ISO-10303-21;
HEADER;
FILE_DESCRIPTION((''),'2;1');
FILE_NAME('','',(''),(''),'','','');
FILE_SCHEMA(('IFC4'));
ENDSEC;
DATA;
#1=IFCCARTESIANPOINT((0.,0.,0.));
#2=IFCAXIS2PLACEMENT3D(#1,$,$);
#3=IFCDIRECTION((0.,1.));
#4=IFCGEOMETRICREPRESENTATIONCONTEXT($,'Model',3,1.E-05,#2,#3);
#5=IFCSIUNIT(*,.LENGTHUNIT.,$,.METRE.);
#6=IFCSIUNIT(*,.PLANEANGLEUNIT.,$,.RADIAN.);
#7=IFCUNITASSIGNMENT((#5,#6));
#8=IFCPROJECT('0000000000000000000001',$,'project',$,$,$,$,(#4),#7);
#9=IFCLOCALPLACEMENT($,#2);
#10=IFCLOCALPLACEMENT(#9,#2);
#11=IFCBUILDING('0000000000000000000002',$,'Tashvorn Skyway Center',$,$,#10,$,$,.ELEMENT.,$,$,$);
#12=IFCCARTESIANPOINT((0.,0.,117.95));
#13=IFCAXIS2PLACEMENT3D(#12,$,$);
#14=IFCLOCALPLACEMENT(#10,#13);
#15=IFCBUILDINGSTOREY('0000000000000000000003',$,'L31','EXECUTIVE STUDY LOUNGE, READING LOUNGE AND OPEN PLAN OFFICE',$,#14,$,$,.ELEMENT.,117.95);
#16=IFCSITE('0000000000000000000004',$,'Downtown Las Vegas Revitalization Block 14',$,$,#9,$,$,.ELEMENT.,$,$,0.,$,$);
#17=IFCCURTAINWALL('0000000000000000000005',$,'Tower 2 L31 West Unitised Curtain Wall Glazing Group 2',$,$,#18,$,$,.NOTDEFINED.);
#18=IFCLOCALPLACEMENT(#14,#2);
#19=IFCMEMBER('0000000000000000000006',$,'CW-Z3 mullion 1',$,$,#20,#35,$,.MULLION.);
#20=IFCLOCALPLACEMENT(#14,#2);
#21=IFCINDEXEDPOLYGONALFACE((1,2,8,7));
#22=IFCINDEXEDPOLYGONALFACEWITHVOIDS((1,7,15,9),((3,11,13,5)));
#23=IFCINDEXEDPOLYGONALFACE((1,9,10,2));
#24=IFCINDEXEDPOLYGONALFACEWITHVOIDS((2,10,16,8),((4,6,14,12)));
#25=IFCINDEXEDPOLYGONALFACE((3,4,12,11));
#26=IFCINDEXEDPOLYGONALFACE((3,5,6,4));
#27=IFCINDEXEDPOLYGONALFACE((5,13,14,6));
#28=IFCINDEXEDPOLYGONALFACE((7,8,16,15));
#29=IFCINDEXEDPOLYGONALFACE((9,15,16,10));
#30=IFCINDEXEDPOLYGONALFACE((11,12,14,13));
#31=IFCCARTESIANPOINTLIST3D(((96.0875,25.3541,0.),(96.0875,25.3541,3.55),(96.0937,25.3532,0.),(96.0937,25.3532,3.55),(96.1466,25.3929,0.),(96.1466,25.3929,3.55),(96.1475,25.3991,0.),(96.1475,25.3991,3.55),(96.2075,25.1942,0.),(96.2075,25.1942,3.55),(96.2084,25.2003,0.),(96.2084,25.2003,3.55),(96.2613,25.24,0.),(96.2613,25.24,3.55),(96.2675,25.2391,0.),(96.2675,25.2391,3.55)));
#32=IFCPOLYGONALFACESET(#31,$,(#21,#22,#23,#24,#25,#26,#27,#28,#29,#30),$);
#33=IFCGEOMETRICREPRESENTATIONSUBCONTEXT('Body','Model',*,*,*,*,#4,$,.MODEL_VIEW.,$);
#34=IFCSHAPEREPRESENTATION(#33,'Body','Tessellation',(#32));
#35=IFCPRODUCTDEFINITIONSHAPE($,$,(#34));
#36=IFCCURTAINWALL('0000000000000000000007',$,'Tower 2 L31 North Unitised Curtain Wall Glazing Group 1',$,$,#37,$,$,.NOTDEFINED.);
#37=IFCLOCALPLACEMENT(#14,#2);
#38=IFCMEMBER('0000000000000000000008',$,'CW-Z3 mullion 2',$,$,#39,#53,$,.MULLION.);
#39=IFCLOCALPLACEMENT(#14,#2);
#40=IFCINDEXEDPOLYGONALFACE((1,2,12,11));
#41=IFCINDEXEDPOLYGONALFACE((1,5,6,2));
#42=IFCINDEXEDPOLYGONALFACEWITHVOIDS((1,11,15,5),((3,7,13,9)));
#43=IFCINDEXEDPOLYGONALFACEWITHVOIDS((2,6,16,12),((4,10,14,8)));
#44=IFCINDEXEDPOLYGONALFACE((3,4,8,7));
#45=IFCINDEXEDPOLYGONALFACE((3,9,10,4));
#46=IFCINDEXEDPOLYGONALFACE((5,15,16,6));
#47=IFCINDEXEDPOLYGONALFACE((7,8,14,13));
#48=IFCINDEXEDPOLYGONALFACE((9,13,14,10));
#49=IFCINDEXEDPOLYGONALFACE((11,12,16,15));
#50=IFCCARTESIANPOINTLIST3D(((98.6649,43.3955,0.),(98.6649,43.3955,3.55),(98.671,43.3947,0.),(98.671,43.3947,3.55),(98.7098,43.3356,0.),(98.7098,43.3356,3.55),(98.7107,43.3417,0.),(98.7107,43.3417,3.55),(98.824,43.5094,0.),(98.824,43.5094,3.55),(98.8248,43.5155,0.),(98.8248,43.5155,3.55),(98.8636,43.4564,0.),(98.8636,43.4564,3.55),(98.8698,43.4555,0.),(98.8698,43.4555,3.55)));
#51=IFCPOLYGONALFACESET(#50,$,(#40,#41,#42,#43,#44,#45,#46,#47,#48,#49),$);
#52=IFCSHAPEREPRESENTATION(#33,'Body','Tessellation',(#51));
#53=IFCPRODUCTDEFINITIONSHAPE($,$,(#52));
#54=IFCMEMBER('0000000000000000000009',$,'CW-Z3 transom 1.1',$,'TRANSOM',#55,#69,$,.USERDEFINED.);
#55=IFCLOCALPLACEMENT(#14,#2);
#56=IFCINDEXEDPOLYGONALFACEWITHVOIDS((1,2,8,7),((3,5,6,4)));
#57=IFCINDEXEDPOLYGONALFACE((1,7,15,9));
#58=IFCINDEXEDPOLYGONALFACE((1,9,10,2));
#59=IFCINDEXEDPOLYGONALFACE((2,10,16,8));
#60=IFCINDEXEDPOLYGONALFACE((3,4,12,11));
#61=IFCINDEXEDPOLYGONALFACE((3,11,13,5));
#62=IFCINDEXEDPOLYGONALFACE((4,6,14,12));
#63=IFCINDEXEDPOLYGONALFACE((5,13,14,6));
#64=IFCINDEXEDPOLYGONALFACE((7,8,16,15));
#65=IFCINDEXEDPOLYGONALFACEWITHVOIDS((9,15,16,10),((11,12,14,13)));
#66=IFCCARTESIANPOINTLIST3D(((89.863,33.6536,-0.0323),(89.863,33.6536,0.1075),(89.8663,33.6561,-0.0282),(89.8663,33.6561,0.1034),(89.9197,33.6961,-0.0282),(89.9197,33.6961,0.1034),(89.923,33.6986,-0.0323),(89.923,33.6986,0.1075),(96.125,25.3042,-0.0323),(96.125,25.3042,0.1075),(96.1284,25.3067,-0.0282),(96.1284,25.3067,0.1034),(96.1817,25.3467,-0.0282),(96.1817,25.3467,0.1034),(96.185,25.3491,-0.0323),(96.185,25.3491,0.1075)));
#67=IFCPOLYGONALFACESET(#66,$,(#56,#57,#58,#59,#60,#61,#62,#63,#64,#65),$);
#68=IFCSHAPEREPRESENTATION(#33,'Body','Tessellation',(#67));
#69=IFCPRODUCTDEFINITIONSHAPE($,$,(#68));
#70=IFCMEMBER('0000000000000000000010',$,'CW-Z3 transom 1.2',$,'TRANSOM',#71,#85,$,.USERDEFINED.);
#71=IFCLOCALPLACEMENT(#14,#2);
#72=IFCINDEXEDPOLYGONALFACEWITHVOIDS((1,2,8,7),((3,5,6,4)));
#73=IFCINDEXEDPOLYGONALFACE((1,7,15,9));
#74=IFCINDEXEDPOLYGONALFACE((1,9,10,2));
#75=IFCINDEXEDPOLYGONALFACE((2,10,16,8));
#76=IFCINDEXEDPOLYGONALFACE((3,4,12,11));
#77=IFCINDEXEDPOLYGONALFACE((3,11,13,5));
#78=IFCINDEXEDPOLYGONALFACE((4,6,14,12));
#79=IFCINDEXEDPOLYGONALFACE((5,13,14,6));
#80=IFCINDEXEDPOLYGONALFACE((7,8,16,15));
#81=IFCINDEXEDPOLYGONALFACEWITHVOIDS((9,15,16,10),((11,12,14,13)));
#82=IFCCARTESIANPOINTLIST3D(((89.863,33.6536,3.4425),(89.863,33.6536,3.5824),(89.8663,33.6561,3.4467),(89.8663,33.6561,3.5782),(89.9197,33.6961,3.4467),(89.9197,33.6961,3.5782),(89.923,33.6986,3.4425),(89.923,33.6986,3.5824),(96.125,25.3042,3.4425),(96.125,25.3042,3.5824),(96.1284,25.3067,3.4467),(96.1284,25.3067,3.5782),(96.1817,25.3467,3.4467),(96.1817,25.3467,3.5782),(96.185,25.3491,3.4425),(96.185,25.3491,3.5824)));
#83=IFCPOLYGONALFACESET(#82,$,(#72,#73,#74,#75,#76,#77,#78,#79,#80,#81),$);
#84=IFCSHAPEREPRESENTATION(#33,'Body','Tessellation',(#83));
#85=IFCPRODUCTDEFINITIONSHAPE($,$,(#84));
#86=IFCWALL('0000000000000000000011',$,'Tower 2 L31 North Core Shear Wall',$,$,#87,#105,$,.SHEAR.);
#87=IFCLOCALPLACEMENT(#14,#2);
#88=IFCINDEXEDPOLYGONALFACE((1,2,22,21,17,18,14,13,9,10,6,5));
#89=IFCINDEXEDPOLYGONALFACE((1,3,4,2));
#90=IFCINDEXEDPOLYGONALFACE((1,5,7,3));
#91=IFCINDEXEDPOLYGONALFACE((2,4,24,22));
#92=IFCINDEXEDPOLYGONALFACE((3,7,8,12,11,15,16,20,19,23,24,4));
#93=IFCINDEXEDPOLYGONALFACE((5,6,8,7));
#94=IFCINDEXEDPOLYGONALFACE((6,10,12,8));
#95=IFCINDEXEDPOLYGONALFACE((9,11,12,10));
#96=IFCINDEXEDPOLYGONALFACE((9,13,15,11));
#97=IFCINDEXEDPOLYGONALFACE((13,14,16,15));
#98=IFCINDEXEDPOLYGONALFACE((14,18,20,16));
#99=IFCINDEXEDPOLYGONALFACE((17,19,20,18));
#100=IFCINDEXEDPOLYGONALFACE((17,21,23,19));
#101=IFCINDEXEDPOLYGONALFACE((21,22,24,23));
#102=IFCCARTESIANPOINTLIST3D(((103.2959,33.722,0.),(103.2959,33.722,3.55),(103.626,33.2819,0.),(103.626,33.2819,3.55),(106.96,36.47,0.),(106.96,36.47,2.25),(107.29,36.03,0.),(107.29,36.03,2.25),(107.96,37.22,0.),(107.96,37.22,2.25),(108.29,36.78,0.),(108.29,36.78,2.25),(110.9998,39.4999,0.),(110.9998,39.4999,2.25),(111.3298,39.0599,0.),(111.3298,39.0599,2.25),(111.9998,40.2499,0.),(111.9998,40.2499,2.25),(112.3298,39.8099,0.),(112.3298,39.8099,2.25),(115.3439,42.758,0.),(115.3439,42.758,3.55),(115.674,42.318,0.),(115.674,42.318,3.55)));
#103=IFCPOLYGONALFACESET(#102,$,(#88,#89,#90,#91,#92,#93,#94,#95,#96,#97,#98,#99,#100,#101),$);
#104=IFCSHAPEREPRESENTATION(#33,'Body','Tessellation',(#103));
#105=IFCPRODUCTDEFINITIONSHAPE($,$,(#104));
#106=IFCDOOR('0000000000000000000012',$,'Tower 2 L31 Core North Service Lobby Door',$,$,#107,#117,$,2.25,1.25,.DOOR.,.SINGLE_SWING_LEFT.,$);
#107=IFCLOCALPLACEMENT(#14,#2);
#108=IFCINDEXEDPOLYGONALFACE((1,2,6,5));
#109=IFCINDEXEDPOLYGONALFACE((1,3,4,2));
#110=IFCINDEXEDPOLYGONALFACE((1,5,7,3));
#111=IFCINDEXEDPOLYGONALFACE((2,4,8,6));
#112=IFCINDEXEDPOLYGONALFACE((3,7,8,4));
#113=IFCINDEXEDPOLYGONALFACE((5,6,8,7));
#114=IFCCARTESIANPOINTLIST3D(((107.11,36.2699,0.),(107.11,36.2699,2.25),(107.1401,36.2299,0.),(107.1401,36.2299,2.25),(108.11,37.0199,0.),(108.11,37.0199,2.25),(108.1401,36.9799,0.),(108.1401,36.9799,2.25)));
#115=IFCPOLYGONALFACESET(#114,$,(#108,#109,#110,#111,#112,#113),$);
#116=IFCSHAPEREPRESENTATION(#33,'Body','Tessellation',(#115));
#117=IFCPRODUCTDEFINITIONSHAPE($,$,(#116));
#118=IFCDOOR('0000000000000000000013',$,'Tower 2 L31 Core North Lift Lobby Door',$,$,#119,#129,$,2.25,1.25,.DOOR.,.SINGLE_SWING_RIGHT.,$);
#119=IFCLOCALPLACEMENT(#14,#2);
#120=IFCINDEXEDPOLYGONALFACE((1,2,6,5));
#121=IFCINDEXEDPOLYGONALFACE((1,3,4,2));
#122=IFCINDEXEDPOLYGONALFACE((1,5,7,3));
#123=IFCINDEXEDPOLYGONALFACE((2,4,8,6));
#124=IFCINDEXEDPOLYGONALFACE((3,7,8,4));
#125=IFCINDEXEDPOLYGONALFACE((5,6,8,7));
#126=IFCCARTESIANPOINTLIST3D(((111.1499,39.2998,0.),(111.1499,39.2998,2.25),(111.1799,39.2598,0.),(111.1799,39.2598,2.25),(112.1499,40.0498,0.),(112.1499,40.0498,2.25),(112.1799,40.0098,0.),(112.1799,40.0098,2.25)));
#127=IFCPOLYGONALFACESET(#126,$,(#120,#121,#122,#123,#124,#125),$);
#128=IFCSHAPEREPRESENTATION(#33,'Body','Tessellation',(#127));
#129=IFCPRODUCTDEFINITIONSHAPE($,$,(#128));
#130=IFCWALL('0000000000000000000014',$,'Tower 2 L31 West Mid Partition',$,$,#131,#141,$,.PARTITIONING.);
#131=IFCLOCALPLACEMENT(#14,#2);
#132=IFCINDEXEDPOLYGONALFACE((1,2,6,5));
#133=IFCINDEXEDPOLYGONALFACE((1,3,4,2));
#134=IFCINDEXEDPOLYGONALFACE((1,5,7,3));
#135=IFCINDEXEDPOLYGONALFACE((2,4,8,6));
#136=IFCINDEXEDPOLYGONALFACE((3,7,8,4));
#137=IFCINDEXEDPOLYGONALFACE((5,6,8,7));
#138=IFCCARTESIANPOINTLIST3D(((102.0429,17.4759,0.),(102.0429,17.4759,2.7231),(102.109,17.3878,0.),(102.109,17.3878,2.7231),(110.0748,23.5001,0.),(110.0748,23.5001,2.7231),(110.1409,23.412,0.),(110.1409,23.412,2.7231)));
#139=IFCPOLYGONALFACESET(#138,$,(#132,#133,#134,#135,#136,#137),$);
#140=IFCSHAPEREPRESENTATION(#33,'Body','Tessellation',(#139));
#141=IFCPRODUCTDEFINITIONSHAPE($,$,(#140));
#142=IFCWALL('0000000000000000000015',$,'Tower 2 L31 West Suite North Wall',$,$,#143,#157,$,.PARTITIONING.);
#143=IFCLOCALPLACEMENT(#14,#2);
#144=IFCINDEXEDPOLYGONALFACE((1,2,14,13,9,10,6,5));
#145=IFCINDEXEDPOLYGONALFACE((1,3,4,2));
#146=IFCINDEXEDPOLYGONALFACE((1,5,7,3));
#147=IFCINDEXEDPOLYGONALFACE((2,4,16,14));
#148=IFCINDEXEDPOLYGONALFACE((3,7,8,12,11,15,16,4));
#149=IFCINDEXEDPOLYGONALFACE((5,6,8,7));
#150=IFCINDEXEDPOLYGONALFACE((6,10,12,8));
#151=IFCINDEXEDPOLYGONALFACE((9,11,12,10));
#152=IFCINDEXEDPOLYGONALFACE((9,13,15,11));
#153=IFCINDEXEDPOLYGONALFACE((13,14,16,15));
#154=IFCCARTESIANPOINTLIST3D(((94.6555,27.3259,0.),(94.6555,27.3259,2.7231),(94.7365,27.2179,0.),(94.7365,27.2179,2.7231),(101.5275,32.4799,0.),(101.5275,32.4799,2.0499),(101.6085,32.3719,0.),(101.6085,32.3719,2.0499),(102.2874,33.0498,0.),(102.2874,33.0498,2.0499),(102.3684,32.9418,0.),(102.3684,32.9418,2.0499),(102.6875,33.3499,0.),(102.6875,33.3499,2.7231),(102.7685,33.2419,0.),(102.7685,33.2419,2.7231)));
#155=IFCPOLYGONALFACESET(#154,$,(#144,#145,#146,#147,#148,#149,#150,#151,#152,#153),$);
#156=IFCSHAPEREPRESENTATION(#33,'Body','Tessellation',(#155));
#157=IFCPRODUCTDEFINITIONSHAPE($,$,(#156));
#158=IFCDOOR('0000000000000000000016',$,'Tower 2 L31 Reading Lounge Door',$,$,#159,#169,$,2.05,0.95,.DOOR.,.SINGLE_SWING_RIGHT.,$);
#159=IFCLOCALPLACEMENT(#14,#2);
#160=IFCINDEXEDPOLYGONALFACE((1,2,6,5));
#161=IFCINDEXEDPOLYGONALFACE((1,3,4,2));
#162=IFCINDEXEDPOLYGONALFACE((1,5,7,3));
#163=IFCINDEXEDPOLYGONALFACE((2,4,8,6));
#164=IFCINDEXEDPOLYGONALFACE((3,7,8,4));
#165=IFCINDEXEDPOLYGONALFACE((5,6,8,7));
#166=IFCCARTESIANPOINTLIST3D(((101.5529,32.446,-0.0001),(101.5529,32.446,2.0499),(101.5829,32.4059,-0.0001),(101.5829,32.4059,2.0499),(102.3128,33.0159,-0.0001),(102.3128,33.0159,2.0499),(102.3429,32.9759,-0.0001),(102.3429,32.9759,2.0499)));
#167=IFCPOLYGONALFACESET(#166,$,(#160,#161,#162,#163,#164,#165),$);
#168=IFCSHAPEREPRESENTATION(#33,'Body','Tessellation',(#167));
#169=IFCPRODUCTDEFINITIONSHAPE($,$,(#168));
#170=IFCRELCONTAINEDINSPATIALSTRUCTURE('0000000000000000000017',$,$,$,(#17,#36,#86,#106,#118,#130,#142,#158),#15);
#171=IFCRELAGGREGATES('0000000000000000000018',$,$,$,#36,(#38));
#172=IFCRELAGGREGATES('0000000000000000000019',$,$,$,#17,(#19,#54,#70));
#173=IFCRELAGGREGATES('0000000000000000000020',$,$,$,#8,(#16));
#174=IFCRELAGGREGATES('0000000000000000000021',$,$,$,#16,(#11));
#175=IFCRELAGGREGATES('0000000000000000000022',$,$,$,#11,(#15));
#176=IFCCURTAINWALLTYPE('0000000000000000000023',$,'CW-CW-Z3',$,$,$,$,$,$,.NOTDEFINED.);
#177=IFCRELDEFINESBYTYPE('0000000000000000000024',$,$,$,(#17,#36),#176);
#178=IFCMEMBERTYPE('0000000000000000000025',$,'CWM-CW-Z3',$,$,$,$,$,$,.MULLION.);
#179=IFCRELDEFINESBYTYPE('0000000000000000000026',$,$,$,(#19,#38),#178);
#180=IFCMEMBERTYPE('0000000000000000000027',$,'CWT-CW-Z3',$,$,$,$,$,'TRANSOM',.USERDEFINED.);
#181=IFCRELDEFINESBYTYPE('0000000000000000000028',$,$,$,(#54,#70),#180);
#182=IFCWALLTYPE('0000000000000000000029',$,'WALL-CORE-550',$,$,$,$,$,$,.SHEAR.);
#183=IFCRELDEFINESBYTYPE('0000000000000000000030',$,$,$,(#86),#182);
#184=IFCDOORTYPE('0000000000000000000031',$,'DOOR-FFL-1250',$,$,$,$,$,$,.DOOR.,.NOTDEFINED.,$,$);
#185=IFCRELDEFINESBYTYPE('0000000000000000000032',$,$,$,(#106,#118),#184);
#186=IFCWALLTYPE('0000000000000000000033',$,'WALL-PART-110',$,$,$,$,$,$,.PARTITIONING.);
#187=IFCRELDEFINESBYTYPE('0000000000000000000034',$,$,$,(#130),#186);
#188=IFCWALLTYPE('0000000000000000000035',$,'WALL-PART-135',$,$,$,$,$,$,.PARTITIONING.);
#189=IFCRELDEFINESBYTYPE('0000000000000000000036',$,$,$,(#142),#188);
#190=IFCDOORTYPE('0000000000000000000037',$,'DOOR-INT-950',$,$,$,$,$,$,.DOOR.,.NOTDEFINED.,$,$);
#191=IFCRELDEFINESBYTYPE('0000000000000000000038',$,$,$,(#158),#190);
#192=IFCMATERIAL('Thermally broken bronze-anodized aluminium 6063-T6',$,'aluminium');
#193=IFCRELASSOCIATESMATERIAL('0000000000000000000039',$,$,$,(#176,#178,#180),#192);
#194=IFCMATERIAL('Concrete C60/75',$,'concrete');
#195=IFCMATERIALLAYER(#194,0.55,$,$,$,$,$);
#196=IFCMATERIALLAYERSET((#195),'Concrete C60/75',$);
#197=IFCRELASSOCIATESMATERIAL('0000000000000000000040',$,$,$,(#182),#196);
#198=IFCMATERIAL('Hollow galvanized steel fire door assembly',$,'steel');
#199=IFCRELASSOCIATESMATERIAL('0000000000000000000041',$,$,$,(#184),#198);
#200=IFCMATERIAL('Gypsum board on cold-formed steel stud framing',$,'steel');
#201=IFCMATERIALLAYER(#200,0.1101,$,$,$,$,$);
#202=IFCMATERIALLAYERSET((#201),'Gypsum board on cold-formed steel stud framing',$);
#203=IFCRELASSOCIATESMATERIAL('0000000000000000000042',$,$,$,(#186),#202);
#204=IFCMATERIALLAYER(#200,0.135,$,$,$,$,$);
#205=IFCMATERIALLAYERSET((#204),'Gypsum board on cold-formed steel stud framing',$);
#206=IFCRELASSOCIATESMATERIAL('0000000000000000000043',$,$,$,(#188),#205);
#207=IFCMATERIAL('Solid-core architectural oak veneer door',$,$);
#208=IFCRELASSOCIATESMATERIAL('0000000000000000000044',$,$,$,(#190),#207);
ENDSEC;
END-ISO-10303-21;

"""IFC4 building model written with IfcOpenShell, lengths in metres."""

from ifc_helpers import new_model, si_unit, direction, frame, frame_2d, origin, origin_2d, place, context, subcontext, project, spatial, rectangle, hollow_rectangle, extrude, material, layer, layer_set, material_profile, profile_set, type_object, element, fill, aggregate, save


model = new_model("IFC4")

# Units and contexts
model_context = context("Model", 3, precision=1e-05, world=origin(), true_north=direction((0.0, 1.0)))
body_context = subcontext(model_context, "Body", "Model", "MODEL_VIEW")
ifc_project = project(units=[si_unit("LENGTHUNIT", "METRE"), si_unit("PLANEANGLEUNIT", "RADIAN")], contexts=[model_context])

# Site, building, storey
site_placement = place(None, origin())
site = spatial("IfcSite", under=ifc_project, at=site_placement, Name="Downtown Las Vegas Revitalization Block 14", CompositionType="ELEMENT", RefElevation=0.0)
building_placement = place(site_placement, origin())
building = spatial("IfcBuilding", under=site, at=building_placement, Name="Tashvorn Skyway Center", CompositionType="ELEMENT")
storey_placement = place(building_placement, frame((0.0, 0.0, 117.95)))
storey = spatial("IfcBuildingStorey", under=building, at=storey_placement, Name="L31", Description="EXECUTIVE STUDY LOUNGE, READING LOUNGE AND OPEN PLAN OFFICE", CompositionType="ELEMENT", Elevation=117.95)

# Curtain walls, members
ifc_material_1 = material(Name="Thermally broken bronze-anodized aluminium 6063-T6", Category="aluminium")
curtain_wall_type = type_object("IfcCurtainWallType", Name="CW-CW-Z3", PredefinedType="NOTDEFINED", material=ifc_material_1)
ifc_material_profile_1 = material_profile(ifc_material_1, hollow_rectangle(XDim=0.075, YDim=0.2, WallThickness=0.0044, at=origin_2d()), Name="ALU-MULL-75x200")
ifc_profile_set_1 = profile_set([ifc_material_profile_1], Name="Thermally broken bronze-anodized aluminium 6063-T6")
member_type_1 = type_object("IfcMemberType", Name="CWM-CW-Z3", PredefinedType="MULLION", material=ifc_profile_set_1)
curtain_wall_1_placement = place(storey_placement, origin())
curtain_wall_1 = element("IfcCurtainWall", 1, at=curtain_wall_1_placement, inside=storey, type_object=curtain_wall_type, Name="Tower 2 L31 West Unitised Curtain Wall Glazing Group 2", PredefinedType="NOTDEFINED")
member_1_placement = place(storey_placement, frame((96.1775, 25.2966, 0.0), z_axis=(0.0, 0.0, 1.0), x_axis=(-0.799999, -0.600002, 0.0)))
member_1 = element("IfcMember", 2, at=member_1_placement, type_object=member_type_1, Name="CW-Z3 mullion 1", PredefinedType="MULLION", context=body_context, shape_type="SweptSolid", body=[
    extrude(hollow_rectangle(XDim=0.075, YDim=0.2, WallThickness=0.0044, at=origin_2d()), origin(), (0.0, 0.0, 1.0), 3.55),
])
curtain_wall_2_placement = place(storey_placement, origin())
curtain_wall_2 = element("IfcCurtainWall", 3, at=curtain_wall_2_placement, inside=storey, type_object=curtain_wall_type, Name="Tower 2 L31 North Unitised Curtain Wall Glazing Group 1", PredefinedType="NOTDEFINED")
member_2_placement = place(storey_placement, frame((98.7673, 43.4255, 0.0), z_axis=(0.0, 0.0, 1.0), x_axis=(-0.600002, 0.799999, 0.0)))
member_2 = element("IfcMember", 4, at=member_2_placement, type_object=member_type_1, Name="CW-Z3 mullion 2", PredefinedType="MULLION", context=body_context, shape_type="SweptSolid", body=[
    extrude(hollow_rectangle(XDim=0.075, YDim=0.2, WallThickness=0.0044, at=origin_2d()), origin(), (0.0, 0.0, 1.0), 3.55),
])
aggregate(curtain_wall_2, [member_2])

# Members
ifc_material_profile_2 = material_profile(ifc_material_1, hollow_rectangle(XDim=0.075, YDim=0.1399, WallThickness=0.0042, at=origin_2d()), Name="ALU-TRAN-75x140")
ifc_profile_set_2 = profile_set([ifc_material_profile_2], Name="Thermally broken bronze-anodized aluminium 6063-T6")
member_type_2 = type_object("IfcMemberType", Name="CWT-CW-Z3", ElementType="TRANSOM", PredefinedType="USERDEFINED", material=ifc_profile_set_2)
member_3_placement = place(storey_placement, frame((96.155, 25.3267, 0.0376), z_axis=(-0.599996, 0.800003, 0.0), x_axis=(-0.800003, -0.599996, 0.0)))
member_3 = element("IfcMember", 5, at=member_3_placement, type_object=member_type_2, Name="CW-Z3 transom 1.1", ObjectType="TRANSOM", PredefinedType="USERDEFINED", context=body_context, shape_type="SweptSolid", body=[
    extrude(hollow_rectangle(XDim=0.075, YDim=0.1399, WallThickness=0.0042, at=origin_2d()), origin(), (0.0, 0.0, 1.0), 10.4368),
])
member_4_placement = place(storey_placement, frame((96.155, 25.3267, 3.5125), z_axis=(-0.599996, 0.800003, 0.0), x_axis=(-0.800003, -0.599996, 0.0)))
member_4 = element("IfcMember", 6, at=member_4_placement, type_object=member_type_2, Name="CW-Z3 transom 1.2", ObjectType="TRANSOM", PredefinedType="USERDEFINED", context=body_context, shape_type="SweptSolid", body=[
    extrude(hollow_rectangle(XDim=0.075, YDim=0.1399, WallThickness=0.0042, at=origin_2d()), origin(), (0.0, 0.0, 1.0), 10.4368),
])
aggregate(curtain_wall_1, [member_1, member_3, member_4])

# Wall, openings, doors
ifc_material_2 = material(Name="Concrete C60/75", Category="concrete")
ifc_layer_1 = layer(ifc_material_2, 0.55)
ifc_layer_set_1 = layer_set([ifc_layer_1], Name="Concrete C60/75")
wall_type_1 = type_object("IfcWallType", Name="WALL-CORE-550", PredefinedType="SHEAR", material=ifc_layer_set_1)
wall_1_placement = place(storey_placement, frame((103.4609, 33.502, 0.0), z_axis=(0.0, 0.0, 1.0), x_axis=(0.799998, 0.600003, 0.0)))
wall_1 = element("IfcWall", 7, at=wall_1_placement, inside=storey, type_object=wall_type_1, Name="Tower 2 L31 North Core Shear Wall", PredefinedType="SHEAR", context=body_context, shape_type="SweptSolid", body=[
    extrude(rectangle(XDim=15.0601, YDim=0.55, at=frame_2d((7.53, 0.0))), origin(), (0.0, 0.0, 1.0), 3.55),
])
opening_1_placement = place(wall_1_placement, frame((4.5801, 0.0, 0.0)))
opening_1 = element("IfcOpeningElement", 8, at=opening_1_placement, cuts=wall_1, PredefinedType="OPENING", context=body_context, shape_type="SweptSolid", body=[
    extrude(rectangle(XDim=1.25, YDim=2.25, at=frame_2d((0.625, 1.125))), frame((0.0, 0.2849, 0.0), z_axis=(0.0, -1.0, 0.0), x_axis=(1.0, 0.0, 0.0)), (0.0, 0.0, 1.0), 0.5701),
])
opening_2_placement = place(wall_1_placement, frame((9.6299, 0.0, 0.0)))
opening_2 = element("IfcOpeningElement", 9, at=opening_2_placement, cuts=wall_1, PredefinedType="OPENING", context=body_context, shape_type="SweptSolid", body=[
    extrude(rectangle(XDim=1.25, YDim=2.25, at=frame_2d((0.625, 1.125))), frame((0.0, 0.2849, 0.0), z_axis=(0.0, -1.0, 0.0), x_axis=(1.0, 0.0, 0.0)), (0.0, 0.0, 1.0), 0.5701),
])
ifc_material_3 = material(Name="Hollow galvanized steel fire door assembly", Category="steel")
door_type_1 = type_object("IfcDoorType", Name="DOOR-FFL-1250", OperationType="NOTDEFINED", PredefinedType="DOOR", material=ifc_material_3)
door_1_placement = place(opening_1_placement, origin())
door_1 = element("IfcDoor", 10, at=door_1_placement, inside=storey, type_object=door_type_1, Name="Tower 2 L31 Core North Service Lobby Door", OperationType="SINGLE_SWING_LEFT", OverallHeight=2.25, OverallWidth=1.25, PredefinedType="DOOR", context=body_context, shape_type="SweptSolid", body=[
    extrude(rectangle(XDim=1.25, YDim=2.25, at=frame_2d((0.625, 1.125))), frame((0.0, 0.0249, 0.0), z_axis=(0.0, -1.0, 0.0), x_axis=(1.0, 0.0, 0.0)), (0.0, 0.0, 1.0), 0.05),
])
fill(opening_1, door_1)
door_2_placement = place(opening_2_placement, origin())
door_2 = element("IfcDoor", 11, at=door_2_placement, inside=storey, type_object=door_type_1, Name="Tower 2 L31 Core North Lift Lobby Door", OperationType="SINGLE_SWING_RIGHT", OverallHeight=2.25, OverallWidth=1.25, PredefinedType="DOOR", context=body_context, shape_type="SweptSolid", body=[
    extrude(rectangle(XDim=1.25, YDim=2.25, at=frame_2d((0.625, 1.125))), frame((0.0, 0.0249, 0.0), z_axis=(0.0, -1.0, 0.0), x_axis=(1.0, 0.0, 0.0)), (0.0, 0.0, 1.0), 0.05),
])
fill(opening_2, door_2)

# Wall
ifc_material_4 = material(Name="Gypsum board on cold-formed steel stud framing", Category="steel")
ifc_layer_2 = layer(ifc_material_4, 0.1101)
ifc_layer_set_2 = layer_set([ifc_layer_2], Name="Gypsum board on cold-formed steel stud framing")
wall_type_2 = type_object("IfcWallType", Name="WALL-PART-110", PredefinedType="PARTITIONING", material=ifc_layer_set_2)
wall_2_placement = place(storey_placement, frame((102.0759, 17.4319, 0.0), z_axis=(0.0, 0.0, 1.0), x_axis=(0.799991, 0.600012, 0.0)))
element("IfcWall", 12, at=wall_2_placement, inside=storey, type_object=wall_type_2, Name="Tower 2 L31 West Mid Partition", PredefinedType="PARTITIONING", context=body_context, shape_type="SweptSolid", body=[
    extrude(rectangle(XDim=10.04, YDim=0.1101, at=frame_2d((5.02, 0.0))), origin(), (0.0, 0.0, 1.0), 2.7231),
])

# Wall, opening, door
ifc_layer_3 = layer(ifc_material_4, 0.135)
ifc_layer_set_3 = layer_set([ifc_layer_3], Name="Gypsum board on cold-formed steel stud framing")
wall_type_3 = type_object("IfcWallType", Name="WALL-PART-135", PredefinedType="PARTITIONING", material=ifc_layer_set_3)
wall_3_placement = place(storey_placement, frame((102.728, 33.2959, 0.0), z_axis=(0.0, 0.0, 1.0), x_axis=(-0.800003, -0.599996, 0.0)))
wall_3 = element("IfcWall", 13, at=wall_3_placement, inside=storey, type_object=wall_type_3, Name="Tower 2 L31 West Suite North Wall", PredefinedType="PARTITIONING", context=body_context, shape_type="SweptSolid", body=[
    extrude(rectangle(XDim=10.04, YDim=0.135, at=frame_2d((5.02, 0.0))), origin(), (0.0, 0.0, 1.0), 2.7231),
])
opening_3_placement = place(wall_3_placement, frame((0.5, 0.0, 0.0)))
opening_3 = element("IfcOpeningElement", 14, at=opening_3_placement, cuts=wall_3, PredefinedType="OPENING", context=body_context, shape_type="SweptSolid", body=[
    extrude(rectangle(XDim=0.95, YDim=2.05, at=frame_2d((0.4751, 1.0249))), frame((0.0, 0.0774, 0.0), z_axis=(0.0, -1.0, 0.0), x_axis=(1.0, 0.0, 0.0)), (0.0, 0.0, 1.0), 0.155),
])
ifc_material_5 = material(Name="Solid-core architectural oak veneer door")
door_type_2 = type_object("IfcDoorType", Name="DOOR-INT-950", OperationType="NOTDEFINED", PredefinedType="DOOR", material=ifc_material_5)
door_3_placement = place(opening_3_placement, origin())
door_3 = element("IfcDoor", 15, at=door_3_placement, inside=storey, type_object=door_type_2, Name="Tower 2 L31 Reading Lounge Door", OperationType="SINGLE_SWING_RIGHT", OverallHeight=2.05, OverallWidth=0.95, PredefinedType="DOOR", context=body_context, shape_type="SweptSolid", body=[
    extrude(rectangle(XDim=0.95, YDim=2.05, at=frame_2d((0.4751, 1.0249))), frame((0.0, 0.0249, 0.0), z_axis=(0.0, -1.0, 0.0), x_axis=(1.0, 0.0, 0.0)), (0.0, 0.0, 1.0), 0.05),
])
fill(opening_3, door_3)

save(model, "model.ifc")
